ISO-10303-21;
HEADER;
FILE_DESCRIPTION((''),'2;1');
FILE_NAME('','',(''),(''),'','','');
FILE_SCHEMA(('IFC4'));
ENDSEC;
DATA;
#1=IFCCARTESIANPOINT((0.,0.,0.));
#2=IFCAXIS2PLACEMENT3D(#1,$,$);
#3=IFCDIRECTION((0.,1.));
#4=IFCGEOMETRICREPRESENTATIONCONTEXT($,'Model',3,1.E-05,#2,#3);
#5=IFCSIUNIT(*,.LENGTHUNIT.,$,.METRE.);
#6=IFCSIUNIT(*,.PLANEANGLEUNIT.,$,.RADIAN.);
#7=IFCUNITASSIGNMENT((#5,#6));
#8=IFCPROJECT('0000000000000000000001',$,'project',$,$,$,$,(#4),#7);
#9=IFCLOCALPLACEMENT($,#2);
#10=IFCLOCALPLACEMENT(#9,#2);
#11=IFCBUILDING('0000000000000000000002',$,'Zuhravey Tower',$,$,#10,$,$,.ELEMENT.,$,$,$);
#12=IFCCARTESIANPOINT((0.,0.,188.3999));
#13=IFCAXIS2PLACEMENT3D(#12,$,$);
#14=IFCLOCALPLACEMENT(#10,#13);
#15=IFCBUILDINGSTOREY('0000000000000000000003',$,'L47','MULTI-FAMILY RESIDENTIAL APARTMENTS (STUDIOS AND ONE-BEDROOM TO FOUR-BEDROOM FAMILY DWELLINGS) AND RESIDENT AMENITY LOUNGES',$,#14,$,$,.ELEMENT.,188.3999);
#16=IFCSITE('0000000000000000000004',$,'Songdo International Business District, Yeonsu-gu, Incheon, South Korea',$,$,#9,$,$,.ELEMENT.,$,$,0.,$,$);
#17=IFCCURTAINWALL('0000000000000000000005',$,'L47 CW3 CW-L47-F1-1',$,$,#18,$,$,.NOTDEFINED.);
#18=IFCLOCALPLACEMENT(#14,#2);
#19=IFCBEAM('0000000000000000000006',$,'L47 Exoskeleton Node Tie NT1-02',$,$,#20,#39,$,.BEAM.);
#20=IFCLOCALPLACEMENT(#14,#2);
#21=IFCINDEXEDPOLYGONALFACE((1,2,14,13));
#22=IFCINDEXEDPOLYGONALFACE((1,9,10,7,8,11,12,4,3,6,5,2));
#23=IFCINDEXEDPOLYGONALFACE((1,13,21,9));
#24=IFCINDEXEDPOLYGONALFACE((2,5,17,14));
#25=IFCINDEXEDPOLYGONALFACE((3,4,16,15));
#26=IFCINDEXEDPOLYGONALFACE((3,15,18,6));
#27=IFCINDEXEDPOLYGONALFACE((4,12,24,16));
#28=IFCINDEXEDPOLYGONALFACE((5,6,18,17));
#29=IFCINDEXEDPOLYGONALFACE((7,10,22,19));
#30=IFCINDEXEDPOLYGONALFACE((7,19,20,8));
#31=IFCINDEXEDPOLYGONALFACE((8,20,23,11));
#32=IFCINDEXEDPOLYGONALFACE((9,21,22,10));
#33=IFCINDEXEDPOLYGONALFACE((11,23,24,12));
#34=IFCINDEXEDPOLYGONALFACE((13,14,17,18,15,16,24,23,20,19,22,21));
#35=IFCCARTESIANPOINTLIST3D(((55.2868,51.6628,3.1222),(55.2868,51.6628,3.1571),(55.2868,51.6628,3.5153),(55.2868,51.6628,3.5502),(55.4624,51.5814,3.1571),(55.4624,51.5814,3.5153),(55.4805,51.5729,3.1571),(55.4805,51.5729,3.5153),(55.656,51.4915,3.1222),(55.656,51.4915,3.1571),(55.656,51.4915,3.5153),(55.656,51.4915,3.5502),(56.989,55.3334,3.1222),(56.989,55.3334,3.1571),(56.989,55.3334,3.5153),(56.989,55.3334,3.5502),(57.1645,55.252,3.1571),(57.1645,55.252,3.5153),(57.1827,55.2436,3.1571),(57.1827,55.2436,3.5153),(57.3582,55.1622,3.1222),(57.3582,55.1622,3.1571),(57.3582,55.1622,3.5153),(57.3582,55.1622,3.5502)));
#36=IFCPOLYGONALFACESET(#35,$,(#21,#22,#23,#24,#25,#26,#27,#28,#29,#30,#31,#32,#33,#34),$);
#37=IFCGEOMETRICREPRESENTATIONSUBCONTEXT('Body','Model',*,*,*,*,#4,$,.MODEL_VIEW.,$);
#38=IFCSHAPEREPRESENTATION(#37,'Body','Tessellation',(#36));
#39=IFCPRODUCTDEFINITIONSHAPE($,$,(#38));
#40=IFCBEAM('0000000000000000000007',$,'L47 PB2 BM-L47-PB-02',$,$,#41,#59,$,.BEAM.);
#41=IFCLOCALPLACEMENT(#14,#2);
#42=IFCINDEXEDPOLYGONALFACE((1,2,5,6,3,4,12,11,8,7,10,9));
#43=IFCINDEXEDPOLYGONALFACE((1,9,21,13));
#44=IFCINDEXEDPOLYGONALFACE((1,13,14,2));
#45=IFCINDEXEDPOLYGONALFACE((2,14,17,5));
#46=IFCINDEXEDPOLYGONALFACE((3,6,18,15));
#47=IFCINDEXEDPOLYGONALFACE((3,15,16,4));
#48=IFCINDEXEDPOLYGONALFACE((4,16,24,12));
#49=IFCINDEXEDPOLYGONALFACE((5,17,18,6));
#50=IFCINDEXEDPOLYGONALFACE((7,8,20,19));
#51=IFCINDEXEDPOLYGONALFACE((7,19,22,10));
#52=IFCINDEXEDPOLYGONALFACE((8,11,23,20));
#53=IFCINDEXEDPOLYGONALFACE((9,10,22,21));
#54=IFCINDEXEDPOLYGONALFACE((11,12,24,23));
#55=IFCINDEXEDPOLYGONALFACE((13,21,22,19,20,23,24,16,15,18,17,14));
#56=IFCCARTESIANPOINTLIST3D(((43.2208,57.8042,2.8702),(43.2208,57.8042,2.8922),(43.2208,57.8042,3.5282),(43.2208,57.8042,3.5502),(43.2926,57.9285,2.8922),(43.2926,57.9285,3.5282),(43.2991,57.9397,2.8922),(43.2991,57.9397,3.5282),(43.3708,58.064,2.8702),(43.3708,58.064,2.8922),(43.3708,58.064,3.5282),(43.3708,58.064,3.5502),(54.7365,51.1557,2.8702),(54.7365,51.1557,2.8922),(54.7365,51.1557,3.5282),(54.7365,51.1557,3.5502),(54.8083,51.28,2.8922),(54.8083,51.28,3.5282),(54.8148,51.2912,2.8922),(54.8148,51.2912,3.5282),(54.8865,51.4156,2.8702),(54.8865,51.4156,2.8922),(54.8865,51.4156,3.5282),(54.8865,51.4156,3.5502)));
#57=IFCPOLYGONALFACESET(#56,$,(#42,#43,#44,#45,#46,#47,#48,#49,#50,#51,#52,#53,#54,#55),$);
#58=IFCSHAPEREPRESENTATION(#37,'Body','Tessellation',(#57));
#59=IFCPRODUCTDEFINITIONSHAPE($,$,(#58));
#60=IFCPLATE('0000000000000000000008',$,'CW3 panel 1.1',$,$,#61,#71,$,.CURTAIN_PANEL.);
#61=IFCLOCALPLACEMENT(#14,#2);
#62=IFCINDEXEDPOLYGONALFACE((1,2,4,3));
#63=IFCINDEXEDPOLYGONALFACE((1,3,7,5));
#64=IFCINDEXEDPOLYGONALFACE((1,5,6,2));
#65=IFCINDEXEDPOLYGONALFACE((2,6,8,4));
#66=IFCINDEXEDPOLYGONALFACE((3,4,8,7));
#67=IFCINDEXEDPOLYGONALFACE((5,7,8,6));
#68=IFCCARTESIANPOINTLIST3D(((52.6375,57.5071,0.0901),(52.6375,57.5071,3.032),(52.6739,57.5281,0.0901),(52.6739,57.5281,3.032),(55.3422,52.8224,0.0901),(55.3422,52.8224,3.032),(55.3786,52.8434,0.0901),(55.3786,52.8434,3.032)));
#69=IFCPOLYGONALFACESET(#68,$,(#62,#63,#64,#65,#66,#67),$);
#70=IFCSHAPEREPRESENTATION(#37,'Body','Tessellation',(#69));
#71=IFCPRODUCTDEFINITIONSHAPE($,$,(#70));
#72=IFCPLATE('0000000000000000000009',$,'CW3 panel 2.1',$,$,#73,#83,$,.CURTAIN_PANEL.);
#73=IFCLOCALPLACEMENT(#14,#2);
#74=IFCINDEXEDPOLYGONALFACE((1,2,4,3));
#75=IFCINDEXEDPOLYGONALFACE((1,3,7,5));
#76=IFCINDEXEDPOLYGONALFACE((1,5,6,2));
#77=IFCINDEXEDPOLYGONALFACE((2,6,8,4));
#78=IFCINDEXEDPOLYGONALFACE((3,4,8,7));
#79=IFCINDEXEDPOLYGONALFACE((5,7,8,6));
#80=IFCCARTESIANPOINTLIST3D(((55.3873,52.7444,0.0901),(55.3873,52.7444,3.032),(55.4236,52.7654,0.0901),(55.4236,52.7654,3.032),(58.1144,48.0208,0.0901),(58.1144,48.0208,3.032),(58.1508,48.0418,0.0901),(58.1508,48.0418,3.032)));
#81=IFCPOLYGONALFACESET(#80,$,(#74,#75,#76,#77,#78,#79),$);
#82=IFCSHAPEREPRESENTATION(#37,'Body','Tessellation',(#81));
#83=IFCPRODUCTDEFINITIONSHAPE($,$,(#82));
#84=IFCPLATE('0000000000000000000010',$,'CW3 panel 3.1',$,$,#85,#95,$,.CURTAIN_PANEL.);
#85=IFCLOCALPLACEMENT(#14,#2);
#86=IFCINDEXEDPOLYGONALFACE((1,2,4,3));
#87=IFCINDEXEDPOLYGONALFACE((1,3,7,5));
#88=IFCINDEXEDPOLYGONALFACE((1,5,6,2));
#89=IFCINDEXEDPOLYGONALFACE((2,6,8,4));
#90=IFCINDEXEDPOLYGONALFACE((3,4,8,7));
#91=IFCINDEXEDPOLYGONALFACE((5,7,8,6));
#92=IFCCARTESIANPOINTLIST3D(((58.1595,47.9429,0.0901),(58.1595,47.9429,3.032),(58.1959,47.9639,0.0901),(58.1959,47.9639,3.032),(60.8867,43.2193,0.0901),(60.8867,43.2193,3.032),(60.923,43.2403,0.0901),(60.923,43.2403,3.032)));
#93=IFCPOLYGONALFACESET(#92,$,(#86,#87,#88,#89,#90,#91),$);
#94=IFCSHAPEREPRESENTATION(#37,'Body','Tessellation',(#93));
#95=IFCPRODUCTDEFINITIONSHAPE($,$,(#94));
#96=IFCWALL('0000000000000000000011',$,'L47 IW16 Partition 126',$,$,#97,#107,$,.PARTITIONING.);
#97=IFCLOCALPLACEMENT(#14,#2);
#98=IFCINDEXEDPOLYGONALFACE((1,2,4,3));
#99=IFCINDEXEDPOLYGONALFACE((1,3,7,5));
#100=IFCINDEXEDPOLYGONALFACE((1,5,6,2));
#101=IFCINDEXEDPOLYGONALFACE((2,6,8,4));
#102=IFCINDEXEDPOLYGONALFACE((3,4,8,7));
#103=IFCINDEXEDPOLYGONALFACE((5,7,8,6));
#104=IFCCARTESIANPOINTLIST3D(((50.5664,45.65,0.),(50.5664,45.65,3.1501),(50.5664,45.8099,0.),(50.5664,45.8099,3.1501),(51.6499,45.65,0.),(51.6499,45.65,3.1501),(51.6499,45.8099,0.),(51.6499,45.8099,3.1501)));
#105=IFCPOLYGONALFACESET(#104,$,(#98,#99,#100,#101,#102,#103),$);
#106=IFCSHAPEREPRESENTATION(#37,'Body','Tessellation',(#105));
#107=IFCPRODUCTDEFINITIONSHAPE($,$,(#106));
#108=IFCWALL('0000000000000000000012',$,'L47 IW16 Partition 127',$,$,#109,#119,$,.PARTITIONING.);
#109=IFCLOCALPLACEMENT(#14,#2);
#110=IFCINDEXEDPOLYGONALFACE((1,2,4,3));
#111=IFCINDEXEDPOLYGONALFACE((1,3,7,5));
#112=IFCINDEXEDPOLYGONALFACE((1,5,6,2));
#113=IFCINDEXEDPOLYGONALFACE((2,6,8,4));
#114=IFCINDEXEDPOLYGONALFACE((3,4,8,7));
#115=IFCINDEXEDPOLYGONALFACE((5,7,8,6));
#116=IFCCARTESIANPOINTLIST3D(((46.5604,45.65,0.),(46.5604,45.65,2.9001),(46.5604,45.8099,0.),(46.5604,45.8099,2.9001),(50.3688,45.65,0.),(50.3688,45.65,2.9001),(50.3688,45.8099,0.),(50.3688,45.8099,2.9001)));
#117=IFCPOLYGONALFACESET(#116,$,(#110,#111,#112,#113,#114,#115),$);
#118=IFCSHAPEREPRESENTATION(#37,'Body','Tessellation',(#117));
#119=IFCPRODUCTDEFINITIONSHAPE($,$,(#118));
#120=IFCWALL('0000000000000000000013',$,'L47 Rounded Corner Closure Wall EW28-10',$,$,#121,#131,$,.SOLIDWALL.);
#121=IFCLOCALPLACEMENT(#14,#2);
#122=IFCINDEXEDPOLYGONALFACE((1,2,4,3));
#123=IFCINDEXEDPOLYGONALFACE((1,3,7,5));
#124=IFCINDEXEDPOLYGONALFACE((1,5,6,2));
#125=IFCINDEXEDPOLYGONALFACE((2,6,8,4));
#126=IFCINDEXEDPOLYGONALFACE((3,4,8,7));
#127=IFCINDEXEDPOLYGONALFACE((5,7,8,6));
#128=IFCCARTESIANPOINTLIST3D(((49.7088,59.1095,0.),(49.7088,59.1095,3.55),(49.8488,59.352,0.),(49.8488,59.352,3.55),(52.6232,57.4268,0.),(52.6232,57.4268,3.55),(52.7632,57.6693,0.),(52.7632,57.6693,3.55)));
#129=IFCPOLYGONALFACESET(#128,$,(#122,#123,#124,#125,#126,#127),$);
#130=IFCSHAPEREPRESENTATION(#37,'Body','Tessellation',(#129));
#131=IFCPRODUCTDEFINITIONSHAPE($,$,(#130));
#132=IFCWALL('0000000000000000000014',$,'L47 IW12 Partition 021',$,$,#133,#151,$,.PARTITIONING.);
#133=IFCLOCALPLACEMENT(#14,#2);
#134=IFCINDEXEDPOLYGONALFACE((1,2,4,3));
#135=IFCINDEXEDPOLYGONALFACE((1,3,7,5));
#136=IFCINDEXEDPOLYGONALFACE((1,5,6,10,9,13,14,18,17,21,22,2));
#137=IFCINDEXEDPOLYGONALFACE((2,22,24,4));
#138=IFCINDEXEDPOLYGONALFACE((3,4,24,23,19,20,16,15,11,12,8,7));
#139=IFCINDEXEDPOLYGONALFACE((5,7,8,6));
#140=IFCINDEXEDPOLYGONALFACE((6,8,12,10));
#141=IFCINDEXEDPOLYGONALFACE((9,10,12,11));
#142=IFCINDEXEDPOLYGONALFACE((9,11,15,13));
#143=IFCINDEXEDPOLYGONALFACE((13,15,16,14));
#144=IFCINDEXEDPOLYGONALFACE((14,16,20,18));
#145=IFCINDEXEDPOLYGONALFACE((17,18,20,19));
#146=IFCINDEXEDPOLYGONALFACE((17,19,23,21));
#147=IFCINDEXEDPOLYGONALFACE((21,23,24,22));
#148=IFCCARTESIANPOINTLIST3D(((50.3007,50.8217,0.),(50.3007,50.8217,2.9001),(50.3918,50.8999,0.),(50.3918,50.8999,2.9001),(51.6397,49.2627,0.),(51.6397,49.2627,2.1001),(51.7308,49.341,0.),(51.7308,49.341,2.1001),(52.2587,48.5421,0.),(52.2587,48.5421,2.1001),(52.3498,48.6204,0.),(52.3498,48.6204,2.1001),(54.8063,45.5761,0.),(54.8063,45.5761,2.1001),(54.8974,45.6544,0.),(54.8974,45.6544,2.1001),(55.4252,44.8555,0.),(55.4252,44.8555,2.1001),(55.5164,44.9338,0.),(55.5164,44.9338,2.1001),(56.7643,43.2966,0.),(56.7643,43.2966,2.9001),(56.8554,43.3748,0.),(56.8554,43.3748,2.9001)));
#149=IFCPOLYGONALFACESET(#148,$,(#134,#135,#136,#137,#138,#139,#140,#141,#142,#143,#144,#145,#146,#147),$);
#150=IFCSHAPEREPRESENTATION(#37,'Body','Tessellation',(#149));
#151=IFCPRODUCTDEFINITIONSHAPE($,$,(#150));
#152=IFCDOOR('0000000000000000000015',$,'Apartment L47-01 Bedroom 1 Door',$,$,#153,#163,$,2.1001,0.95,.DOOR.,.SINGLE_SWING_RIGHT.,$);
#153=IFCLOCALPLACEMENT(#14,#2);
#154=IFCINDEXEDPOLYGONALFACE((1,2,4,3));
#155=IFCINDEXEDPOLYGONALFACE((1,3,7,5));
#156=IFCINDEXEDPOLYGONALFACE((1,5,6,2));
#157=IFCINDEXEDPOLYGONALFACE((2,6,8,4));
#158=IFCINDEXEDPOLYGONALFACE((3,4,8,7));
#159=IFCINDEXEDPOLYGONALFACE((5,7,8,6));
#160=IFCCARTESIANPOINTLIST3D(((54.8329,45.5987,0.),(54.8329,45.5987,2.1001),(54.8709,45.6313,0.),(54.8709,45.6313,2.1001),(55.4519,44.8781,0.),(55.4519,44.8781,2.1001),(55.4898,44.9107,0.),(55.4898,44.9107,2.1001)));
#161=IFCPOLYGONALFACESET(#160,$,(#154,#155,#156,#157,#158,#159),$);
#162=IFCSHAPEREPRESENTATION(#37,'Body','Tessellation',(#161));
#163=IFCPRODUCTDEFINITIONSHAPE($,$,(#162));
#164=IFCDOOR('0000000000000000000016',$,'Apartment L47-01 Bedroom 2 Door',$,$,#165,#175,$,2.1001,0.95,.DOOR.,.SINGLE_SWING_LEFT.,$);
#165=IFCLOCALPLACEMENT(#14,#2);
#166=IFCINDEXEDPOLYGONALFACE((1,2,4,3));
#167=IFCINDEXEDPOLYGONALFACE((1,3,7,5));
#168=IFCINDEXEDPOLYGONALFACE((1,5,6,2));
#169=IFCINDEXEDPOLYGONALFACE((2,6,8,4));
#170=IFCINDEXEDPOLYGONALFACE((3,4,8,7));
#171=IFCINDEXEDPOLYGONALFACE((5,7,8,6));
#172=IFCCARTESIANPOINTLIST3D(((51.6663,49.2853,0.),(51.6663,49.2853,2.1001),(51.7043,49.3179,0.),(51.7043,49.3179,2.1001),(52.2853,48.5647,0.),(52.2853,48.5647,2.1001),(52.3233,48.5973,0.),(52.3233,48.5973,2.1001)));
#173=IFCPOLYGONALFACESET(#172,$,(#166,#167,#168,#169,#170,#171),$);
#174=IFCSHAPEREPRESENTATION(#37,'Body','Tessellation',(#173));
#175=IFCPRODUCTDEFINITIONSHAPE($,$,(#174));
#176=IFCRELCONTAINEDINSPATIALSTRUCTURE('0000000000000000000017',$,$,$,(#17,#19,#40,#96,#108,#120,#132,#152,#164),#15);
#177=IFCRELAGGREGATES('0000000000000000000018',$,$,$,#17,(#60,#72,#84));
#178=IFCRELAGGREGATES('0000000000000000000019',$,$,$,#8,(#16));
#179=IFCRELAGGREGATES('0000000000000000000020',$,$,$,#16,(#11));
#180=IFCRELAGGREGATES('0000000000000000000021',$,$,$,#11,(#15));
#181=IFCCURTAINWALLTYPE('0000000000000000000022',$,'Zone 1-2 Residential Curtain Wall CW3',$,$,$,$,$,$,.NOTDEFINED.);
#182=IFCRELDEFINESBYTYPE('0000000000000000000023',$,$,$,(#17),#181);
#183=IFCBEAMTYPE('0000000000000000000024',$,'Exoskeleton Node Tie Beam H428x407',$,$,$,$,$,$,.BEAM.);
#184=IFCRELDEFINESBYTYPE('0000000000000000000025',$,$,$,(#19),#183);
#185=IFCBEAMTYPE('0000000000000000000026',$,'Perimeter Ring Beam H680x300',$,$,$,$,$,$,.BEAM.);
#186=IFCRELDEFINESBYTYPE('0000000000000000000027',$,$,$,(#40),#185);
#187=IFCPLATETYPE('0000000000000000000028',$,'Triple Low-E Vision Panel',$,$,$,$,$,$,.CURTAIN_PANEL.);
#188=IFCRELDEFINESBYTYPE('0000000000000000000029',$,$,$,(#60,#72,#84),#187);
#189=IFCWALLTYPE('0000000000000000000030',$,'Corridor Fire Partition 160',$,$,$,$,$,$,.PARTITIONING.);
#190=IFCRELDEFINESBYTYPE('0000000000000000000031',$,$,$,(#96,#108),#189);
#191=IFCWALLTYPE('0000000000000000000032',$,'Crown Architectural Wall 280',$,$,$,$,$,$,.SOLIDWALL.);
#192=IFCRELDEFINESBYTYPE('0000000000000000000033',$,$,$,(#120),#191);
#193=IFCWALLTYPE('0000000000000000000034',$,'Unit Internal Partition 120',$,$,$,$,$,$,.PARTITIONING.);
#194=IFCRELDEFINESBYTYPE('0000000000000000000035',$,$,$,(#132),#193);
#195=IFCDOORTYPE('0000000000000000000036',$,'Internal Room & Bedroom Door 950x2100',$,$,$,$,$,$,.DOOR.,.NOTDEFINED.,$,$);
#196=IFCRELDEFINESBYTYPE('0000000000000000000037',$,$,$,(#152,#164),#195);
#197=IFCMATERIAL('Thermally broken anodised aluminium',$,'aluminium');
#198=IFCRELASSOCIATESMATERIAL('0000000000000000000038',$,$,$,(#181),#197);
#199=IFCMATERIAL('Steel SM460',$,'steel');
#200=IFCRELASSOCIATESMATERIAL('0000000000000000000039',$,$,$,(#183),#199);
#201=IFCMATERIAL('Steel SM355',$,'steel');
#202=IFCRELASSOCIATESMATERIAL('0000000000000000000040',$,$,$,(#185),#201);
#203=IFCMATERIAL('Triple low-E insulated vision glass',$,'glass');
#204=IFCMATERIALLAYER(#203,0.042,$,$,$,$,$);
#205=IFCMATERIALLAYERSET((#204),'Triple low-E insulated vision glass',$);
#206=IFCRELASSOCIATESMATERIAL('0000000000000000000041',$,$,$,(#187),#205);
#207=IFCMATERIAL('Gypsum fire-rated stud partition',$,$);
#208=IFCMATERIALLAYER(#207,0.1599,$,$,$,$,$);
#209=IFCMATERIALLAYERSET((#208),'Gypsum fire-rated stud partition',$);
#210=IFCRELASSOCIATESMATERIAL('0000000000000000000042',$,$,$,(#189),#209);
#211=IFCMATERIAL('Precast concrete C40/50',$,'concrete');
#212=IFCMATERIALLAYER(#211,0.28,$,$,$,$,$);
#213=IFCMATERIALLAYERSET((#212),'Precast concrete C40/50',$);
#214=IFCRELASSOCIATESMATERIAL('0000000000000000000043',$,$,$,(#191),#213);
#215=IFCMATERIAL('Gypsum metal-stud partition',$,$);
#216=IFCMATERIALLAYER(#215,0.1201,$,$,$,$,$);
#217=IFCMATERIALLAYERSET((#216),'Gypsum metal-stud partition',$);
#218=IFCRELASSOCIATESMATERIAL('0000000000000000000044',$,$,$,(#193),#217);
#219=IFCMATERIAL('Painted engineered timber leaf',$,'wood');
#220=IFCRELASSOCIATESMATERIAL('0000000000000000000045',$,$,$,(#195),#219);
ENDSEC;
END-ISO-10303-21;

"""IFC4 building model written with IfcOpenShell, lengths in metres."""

from ifc_helpers import new_model, si_unit, direction, frame, frame_2d, origin, origin_2d, place, context, subcontext, project, spatial, rectangle, i_section, extrude, material, layer, layer_set, material_profile, profile_set, type_object, element, fill, aggregate, save


model = new_model("IFC4")

# Units and contexts
model_context = context("Model", 3, precision=1e-05, world=origin(), true_north=direction((0.0, 1.0)))
body_context = subcontext(model_context, "Body", "Model", "MODEL_VIEW")
ifc_project = project(units=[si_unit("LENGTHUNIT", "METRE"), si_unit("PLANEANGLEUNIT", "RADIAN")], contexts=[model_context])

# Site, building, storey
site_placement = place(None, origin())
site = spatial("IfcSite", under=ifc_project, at=site_placement, Name="Songdo International Business District, Yeonsu-gu, Incheon, South Korea", CompositionType="ELEMENT", RefElevation=0.0)
building_placement = place(site_placement, origin())
building = spatial("IfcBuilding", under=site, at=building_placement, Name="Zuhravey Tower", CompositionType="ELEMENT")
storey_placement = place(building_placement, frame((0.0, 0.0, 188.3999)))
storey = spatial("IfcBuildingStorey", under=building, at=storey_placement, Name="L47", Description="MULTI-FAMILY RESIDENTIAL APARTMENTS (STUDIOS AND ONE-BEDROOM TO FOUR-BEDROOM FAMILY DWELLINGS) AND RESIDENT AMENITY LOUNGES", CompositionType="ELEMENT", Elevation=188.3999)

# Shared definitions
ifc_material_1 = material(Name="Thermally broken anodised aluminium", Category="aluminium")
curtain_wall_type = type_object("IfcCurtainWallType", Name="Zone 1-2 Residential Curtain Wall CW3", PredefinedType="NOTDEFINED", material=ifc_material_1)

# Curtain wall
curtain_wall_1_placement = place(storey_placement, origin())
curtain_wall_1 = element("IfcCurtainWall", 1, at=curtain_wall_1_placement, inside=storey, type_object=curtain_wall_type, Name="L47 CW3 CW-L47-F1-1", PredefinedType="NOTDEFINED")

# Beams
ifc_material_2 = material(Name="Steel SM460", Category="steel")
ifc_material_profile_1 = material_profile(ifc_material_2, i_section(OverallWidth=0.407, OverallDepth=0.428, WebThickness=0.02, FlangeThickness=0.0349, at=origin_2d()), Name="H-428x407x20x35")
ifc_profile_set_1 = profile_set([ifc_material_profile_1], Name="Steel SM460")
beam_type_1 = type_object("IfcBeamType", Name="Exoskeleton Node Tie Beam H428x407", PredefinedType="BEAM", material=ifc_profile_set_1)
beam_1_placement = place(storey_placement, frame((55.4714, 51.5771, 3.3362), z_axis=(0.420688, 0.907206, 0.0), x_axis=(-0.907206, 0.420688, 0.0)))
element("IfcBeam", 2, at=beam_1_placement, inside=storey, type_object=beam_type_1, Name="L47 Exoskeleton Node Tie NT1-02", PredefinedType="BEAM", context=body_context, shape_type="SweptSolid", body=[
    extrude(i_section(OverallWidth=0.407, OverallDepth=0.428, WebThickness=0.02, FlangeThickness=0.0349, at=origin_2d()), origin(), (0.0, 0.0, 1.0), 4.0461),
])
ifc_material_3 = material(Name="Steel SM355", Category="steel")
ifc_material_profile_2 = material_profile(ifc_material_3, i_section(OverallWidth=0.3, OverallDepth=0.6799, WebThickness=0.0129, FlangeThickness=0.022, at=origin_2d()), Name="H-680x300x13x22")
ifc_profile_set_2 = profile_set([ifc_material_profile_2], Name="Steel SM355")
beam_type_2 = type_object("IfcBeamType", Name="Perimeter Ring Beam H680x300", PredefinedType="BEAM", material=ifc_profile_set_2)
beam_2_placement = place(storey_placement, frame((54.8115, 51.2856, 3.2102), z_axis=(-0.866029, 0.499994, 0.0), x_axis=(-0.499994, -0.866029, 0.0)))
element("IfcBeam", 3, at=beam_2_placement, inside=storey, type_object=beam_type_2, Name="L47 PB2 BM-L47-PB-02", PredefinedType="BEAM", context=body_context, shape_type="SweptSolid", body=[
    extrude(i_section(OverallWidth=0.3, OverallDepth=0.6799, WebThickness=0.0129, FlangeThickness=0.022, at=origin_2d()), origin(), (0.0, 0.0, 1.0), 13.2971),
])

# Plates
ifc_material_4 = material(Name="Triple low-E insulated vision glass", Category="glass")
ifc_layer_1 = layer(ifc_material_4, 0.042)
ifc_layer_set_1 = layer_set([ifc_layer_1], Name="Triple low-E insulated vision glass")
plate_type = type_object("IfcPlateType", Name="Triple Low-E Vision Panel", PredefinedType="CURTAIN_PANEL", material=ifc_layer_set_1)
plate_1_placement = place(storey_placement, frame((54.0081, 55.1753, 0.0901), z_axis=(0.0, 0.0, 1.0), x_axis=(0.5, -0.866025, 0.0)))
plate_1 = element("IfcPlate", 4, at=plate_1_placement, type_object=plate_type, Name="CW3 panel 1.1", PredefinedType="CURTAIN_PANEL", context=body_context, shape_type="SweptSolid", body=[
    extrude(rectangle(XDim=5.4094, YDim=0.042, at=origin_2d()), origin(), (0.0, 0.0, 1.0), 2.9419),
])
plate_2_placement = place(storey_placement, frame((56.769, 50.3931, 0.0901), z_axis=(0.0, 0.0, 1.0), x_axis=(0.5, -0.866025, 0.0)))
plate_2 = element("IfcPlate", 5, at=plate_2_placement, type_object=plate_type, Name="CW3 panel 2.1", PredefinedType="CURTAIN_PANEL", context=body_context, shape_type="SweptSolid", body=[
    extrude(rectangle(XDim=5.4543, YDim=0.042, at=origin_2d()), origin(), (0.0, 0.0, 1.0), 2.9419),
])
plate_3_placement = place(storey_placement, frame((59.5413, 45.5916, 0.0901), z_axis=(0.0, 0.0, 1.0), x_axis=(0.5, -0.866025, 0.0)))
plate_3 = element("IfcPlate", 6, at=plate_3_placement, type_object=plate_type, Name="CW3 panel 3.1", PredefinedType="CURTAIN_PANEL", context=body_context, shape_type="SweptSolid", body=[
    extrude(rectangle(XDim=5.4543, YDim=0.042, at=origin_2d()), origin(), (0.0, 0.0, 1.0), 2.9419),
])
aggregate(curtain_wall_1, [plate_1, plate_2, plate_3])

# Walls
ifc_material_5 = material(Name="Gypsum fire-rated stud partition")
ifc_layer_2 = layer(ifc_material_5, 0.1599)
ifc_layer_set_2 = layer_set([ifc_layer_2], Name="Gypsum fire-rated stud partition")
wall_type_1 = type_object("IfcWallType", Name="Corridor Fire Partition 160", PredefinedType="PARTITIONING", material=ifc_layer_set_2)
wall_1_placement = place(storey_placement, frame((51.6499, 45.73, 0.0), z_axis=(0.0, 0.0, 1.0), x_axis=(-1.0, 0.0, 0.0)))
element("IfcWall", 7, at=wall_1_placement, inside=storey, type_object=wall_type_1, Name="L47 IW16 Partition 126", PredefinedType="PARTITIONING", context=body_context, shape_type="SweptSolid", body=[
    extrude(rectangle(XDim=1.0835, YDim=0.1599, at=frame_2d((0.5417, 0.0))), origin(), (0.0, 0.0, 1.0), 3.1501),
])
wall_2_placement = place(storey_placement, frame((50.3689, 45.73, 0.0), z_axis=(0.0, 0.0, 1.0), x_axis=(-1.0, 0.0, 0.0)))
element("IfcWall", 8, at=wall_2_placement, inside=storey, type_object=wall_type_1, Name="L47 IW16 Partition 127", PredefinedType="PARTITIONING", context=body_context, shape_type="SweptSolid", body=[
    extrude(rectangle(XDim=3.8083, YDim=0.1599, at=frame_2d((1.9043, 0.0))), origin(), (0.0, 0.0, 1.0), 2.9001),
])
ifc_material_6 = material(Name="Precast concrete C40/50", Category="concrete")
ifc_layer_3 = layer(ifc_material_6, 0.28)
ifc_layer_set_3 = layer_set([ifc_layer_3], Name="Precast concrete C40/50")
wall_type_2 = type_object("IfcWallType", Name="Crown Architectural Wall 280", PredefinedType="SOLIDWALL", material=ifc_layer_set_3)
wall_3_placement = place(storey_placement, frame((49.7788, 59.2307, 0.0), z_axis=(0.0, 0.0, 1.0), x_axis=(0.86602, -0.500009, 0.0)))
element("IfcWall", 9, at=wall_3_placement, inside=storey, type_object=wall_type_2, Name="L47 Rounded Corner Closure Wall EW28-10", PredefinedType="SOLIDWALL", context=body_context, shape_type="SweptSolid", body=[
    extrude(rectangle(XDim=3.3652, YDim=0.28, at=frame_2d((1.6826, 0.0))), origin(), (0.0, 0.0, 1.0), 3.55),
])

# Wall, openings, doors
ifc_material_7 = material(Name="Gypsum metal-stud partition")
ifc_layer_4 = layer(ifc_material_7, 0.1201)
ifc_layer_set_4 = layer_set([ifc_layer_4], Name="Gypsum metal-stud partition")
wall_type_3 = type_object("IfcWallType", Name="Unit Internal Partition 120", PredefinedType="PARTITIONING", material=ifc_layer_set_4)
wall_4_placement = place(storey_placement, frame((56.8098, 43.3357, 0.0), z_axis=(0.0, 0.0, 1.0), x_axis=(-0.651575, 0.758584, 0.0)))
wall_4 = element("IfcWall", 10, at=wall_4_placement, inside=storey, type_object=wall_type_3, Name="L47 IW12 Partition 021", PredefinedType="PARTITIONING", context=body_context, shape_type="SweptSolid", body=[
    extrude(rectangle(XDim=9.9199, YDim=0.1201, at=frame_2d((4.96, 0.0))), origin(), (0.0, 0.0, 1.0), 2.9001),
])
opening_1_placement = place(wall_4_placement, frame((2.0549, 0.0, 0.0)))
opening_1 = element("IfcOpeningElement", 11, at=opening_1_placement, cuts=wall_4, PredefinedType="OPENING", context=body_context, shape_type="SweptSolid", body=[
    extrude(rectangle(XDim=0.95, YDim=2.1001, at=frame_2d((0.4751, 1.05))), frame((0.0, 0.072, 0.0), z_axis=(0.0, -1.0, 0.0), x_axis=(1.0, 0.0, 0.0)), (0.0, 0.0, 1.0), 0.144),
])
opening_2_placement = place(wall_4_placement, frame((6.9148, 0.0, 0.0)))
opening_2 = element("IfcOpeningElement", 12, at=opening_2_placement, cuts=wall_4, PredefinedType="OPENING", context=body_context, shape_type="SweptSolid", body=[
    extrude(rectangle(XDim=0.95, YDim=2.1001, at=frame_2d((0.4751, 1.05))), frame((0.0, 0.072, 0.0), z_axis=(0.0, -1.0, 0.0), x_axis=(1.0, 0.0, 0.0)), (0.0, 0.0, 1.0), 0.144),
])
ifc_material_8 = material(Name="Painted engineered timber leaf", Category="wood")
door_type = type_object("IfcDoorType", Name="Internal Room & Bedroom Door 950x2100", OperationType="NOTDEFINED", PredefinedType="DOOR", material=ifc_material_8)
door_1_placement = place(opening_1_placement, frame((0.95, 0.0, 0.0), z_axis=(0.0, 0.0, 1.0), x_axis=(-1.0, 0.0, 0.0)))
door_1 = element("IfcDoor", 13, at=door_1_placement, inside=storey, type_object=door_type, Name="Apartment L47-01 Bedroom 1 Door", OperationType="SINGLE_SWING_RIGHT", OverallHeight=2.1001, OverallWidth=0.95, PredefinedType="DOOR", context=body_context, shape_type="SweptSolid", body=[
    extrude(rectangle(XDim=0.95, YDim=2.1001, at=frame_2d((0.4751, 1.05))), frame((0.0, 0.0249, 0.0), z_axis=(0.0, -1.0, 0.0), x_axis=(1.0, 0.0, 0.0)), (0.0, 0.0, 1.0), 0.05),
])
fill(opening_1, door_1)
door_2_placement = place(opening_2_placement, frame((0.95, 0.0, 0.0), z_axis=(0.0, 0.0, 1.0), x_axis=(-1.0, 0.0, 0.0)))
door_2 = element("IfcDoor", 14, at=door_2_placement, inside=storey, type_object=door_type, Name="Apartment L47-01 Bedroom 2 Door", OperationType="SINGLE_SWING_LEFT", OverallHeight=2.1001, OverallWidth=0.95, PredefinedType="DOOR", context=body_context, shape_type="SweptSolid", body=[
    extrude(rectangle(XDim=0.95, YDim=2.1001, at=frame_2d((0.4751, 1.05))), frame((0.0, 0.0249, 0.0), z_axis=(0.0, -1.0, 0.0), x_axis=(1.0, 0.0, 0.0)), (0.0, 0.0, 1.0), 0.05),
])
fill(opening_2, door_2)

save(model, "model.ifc")
